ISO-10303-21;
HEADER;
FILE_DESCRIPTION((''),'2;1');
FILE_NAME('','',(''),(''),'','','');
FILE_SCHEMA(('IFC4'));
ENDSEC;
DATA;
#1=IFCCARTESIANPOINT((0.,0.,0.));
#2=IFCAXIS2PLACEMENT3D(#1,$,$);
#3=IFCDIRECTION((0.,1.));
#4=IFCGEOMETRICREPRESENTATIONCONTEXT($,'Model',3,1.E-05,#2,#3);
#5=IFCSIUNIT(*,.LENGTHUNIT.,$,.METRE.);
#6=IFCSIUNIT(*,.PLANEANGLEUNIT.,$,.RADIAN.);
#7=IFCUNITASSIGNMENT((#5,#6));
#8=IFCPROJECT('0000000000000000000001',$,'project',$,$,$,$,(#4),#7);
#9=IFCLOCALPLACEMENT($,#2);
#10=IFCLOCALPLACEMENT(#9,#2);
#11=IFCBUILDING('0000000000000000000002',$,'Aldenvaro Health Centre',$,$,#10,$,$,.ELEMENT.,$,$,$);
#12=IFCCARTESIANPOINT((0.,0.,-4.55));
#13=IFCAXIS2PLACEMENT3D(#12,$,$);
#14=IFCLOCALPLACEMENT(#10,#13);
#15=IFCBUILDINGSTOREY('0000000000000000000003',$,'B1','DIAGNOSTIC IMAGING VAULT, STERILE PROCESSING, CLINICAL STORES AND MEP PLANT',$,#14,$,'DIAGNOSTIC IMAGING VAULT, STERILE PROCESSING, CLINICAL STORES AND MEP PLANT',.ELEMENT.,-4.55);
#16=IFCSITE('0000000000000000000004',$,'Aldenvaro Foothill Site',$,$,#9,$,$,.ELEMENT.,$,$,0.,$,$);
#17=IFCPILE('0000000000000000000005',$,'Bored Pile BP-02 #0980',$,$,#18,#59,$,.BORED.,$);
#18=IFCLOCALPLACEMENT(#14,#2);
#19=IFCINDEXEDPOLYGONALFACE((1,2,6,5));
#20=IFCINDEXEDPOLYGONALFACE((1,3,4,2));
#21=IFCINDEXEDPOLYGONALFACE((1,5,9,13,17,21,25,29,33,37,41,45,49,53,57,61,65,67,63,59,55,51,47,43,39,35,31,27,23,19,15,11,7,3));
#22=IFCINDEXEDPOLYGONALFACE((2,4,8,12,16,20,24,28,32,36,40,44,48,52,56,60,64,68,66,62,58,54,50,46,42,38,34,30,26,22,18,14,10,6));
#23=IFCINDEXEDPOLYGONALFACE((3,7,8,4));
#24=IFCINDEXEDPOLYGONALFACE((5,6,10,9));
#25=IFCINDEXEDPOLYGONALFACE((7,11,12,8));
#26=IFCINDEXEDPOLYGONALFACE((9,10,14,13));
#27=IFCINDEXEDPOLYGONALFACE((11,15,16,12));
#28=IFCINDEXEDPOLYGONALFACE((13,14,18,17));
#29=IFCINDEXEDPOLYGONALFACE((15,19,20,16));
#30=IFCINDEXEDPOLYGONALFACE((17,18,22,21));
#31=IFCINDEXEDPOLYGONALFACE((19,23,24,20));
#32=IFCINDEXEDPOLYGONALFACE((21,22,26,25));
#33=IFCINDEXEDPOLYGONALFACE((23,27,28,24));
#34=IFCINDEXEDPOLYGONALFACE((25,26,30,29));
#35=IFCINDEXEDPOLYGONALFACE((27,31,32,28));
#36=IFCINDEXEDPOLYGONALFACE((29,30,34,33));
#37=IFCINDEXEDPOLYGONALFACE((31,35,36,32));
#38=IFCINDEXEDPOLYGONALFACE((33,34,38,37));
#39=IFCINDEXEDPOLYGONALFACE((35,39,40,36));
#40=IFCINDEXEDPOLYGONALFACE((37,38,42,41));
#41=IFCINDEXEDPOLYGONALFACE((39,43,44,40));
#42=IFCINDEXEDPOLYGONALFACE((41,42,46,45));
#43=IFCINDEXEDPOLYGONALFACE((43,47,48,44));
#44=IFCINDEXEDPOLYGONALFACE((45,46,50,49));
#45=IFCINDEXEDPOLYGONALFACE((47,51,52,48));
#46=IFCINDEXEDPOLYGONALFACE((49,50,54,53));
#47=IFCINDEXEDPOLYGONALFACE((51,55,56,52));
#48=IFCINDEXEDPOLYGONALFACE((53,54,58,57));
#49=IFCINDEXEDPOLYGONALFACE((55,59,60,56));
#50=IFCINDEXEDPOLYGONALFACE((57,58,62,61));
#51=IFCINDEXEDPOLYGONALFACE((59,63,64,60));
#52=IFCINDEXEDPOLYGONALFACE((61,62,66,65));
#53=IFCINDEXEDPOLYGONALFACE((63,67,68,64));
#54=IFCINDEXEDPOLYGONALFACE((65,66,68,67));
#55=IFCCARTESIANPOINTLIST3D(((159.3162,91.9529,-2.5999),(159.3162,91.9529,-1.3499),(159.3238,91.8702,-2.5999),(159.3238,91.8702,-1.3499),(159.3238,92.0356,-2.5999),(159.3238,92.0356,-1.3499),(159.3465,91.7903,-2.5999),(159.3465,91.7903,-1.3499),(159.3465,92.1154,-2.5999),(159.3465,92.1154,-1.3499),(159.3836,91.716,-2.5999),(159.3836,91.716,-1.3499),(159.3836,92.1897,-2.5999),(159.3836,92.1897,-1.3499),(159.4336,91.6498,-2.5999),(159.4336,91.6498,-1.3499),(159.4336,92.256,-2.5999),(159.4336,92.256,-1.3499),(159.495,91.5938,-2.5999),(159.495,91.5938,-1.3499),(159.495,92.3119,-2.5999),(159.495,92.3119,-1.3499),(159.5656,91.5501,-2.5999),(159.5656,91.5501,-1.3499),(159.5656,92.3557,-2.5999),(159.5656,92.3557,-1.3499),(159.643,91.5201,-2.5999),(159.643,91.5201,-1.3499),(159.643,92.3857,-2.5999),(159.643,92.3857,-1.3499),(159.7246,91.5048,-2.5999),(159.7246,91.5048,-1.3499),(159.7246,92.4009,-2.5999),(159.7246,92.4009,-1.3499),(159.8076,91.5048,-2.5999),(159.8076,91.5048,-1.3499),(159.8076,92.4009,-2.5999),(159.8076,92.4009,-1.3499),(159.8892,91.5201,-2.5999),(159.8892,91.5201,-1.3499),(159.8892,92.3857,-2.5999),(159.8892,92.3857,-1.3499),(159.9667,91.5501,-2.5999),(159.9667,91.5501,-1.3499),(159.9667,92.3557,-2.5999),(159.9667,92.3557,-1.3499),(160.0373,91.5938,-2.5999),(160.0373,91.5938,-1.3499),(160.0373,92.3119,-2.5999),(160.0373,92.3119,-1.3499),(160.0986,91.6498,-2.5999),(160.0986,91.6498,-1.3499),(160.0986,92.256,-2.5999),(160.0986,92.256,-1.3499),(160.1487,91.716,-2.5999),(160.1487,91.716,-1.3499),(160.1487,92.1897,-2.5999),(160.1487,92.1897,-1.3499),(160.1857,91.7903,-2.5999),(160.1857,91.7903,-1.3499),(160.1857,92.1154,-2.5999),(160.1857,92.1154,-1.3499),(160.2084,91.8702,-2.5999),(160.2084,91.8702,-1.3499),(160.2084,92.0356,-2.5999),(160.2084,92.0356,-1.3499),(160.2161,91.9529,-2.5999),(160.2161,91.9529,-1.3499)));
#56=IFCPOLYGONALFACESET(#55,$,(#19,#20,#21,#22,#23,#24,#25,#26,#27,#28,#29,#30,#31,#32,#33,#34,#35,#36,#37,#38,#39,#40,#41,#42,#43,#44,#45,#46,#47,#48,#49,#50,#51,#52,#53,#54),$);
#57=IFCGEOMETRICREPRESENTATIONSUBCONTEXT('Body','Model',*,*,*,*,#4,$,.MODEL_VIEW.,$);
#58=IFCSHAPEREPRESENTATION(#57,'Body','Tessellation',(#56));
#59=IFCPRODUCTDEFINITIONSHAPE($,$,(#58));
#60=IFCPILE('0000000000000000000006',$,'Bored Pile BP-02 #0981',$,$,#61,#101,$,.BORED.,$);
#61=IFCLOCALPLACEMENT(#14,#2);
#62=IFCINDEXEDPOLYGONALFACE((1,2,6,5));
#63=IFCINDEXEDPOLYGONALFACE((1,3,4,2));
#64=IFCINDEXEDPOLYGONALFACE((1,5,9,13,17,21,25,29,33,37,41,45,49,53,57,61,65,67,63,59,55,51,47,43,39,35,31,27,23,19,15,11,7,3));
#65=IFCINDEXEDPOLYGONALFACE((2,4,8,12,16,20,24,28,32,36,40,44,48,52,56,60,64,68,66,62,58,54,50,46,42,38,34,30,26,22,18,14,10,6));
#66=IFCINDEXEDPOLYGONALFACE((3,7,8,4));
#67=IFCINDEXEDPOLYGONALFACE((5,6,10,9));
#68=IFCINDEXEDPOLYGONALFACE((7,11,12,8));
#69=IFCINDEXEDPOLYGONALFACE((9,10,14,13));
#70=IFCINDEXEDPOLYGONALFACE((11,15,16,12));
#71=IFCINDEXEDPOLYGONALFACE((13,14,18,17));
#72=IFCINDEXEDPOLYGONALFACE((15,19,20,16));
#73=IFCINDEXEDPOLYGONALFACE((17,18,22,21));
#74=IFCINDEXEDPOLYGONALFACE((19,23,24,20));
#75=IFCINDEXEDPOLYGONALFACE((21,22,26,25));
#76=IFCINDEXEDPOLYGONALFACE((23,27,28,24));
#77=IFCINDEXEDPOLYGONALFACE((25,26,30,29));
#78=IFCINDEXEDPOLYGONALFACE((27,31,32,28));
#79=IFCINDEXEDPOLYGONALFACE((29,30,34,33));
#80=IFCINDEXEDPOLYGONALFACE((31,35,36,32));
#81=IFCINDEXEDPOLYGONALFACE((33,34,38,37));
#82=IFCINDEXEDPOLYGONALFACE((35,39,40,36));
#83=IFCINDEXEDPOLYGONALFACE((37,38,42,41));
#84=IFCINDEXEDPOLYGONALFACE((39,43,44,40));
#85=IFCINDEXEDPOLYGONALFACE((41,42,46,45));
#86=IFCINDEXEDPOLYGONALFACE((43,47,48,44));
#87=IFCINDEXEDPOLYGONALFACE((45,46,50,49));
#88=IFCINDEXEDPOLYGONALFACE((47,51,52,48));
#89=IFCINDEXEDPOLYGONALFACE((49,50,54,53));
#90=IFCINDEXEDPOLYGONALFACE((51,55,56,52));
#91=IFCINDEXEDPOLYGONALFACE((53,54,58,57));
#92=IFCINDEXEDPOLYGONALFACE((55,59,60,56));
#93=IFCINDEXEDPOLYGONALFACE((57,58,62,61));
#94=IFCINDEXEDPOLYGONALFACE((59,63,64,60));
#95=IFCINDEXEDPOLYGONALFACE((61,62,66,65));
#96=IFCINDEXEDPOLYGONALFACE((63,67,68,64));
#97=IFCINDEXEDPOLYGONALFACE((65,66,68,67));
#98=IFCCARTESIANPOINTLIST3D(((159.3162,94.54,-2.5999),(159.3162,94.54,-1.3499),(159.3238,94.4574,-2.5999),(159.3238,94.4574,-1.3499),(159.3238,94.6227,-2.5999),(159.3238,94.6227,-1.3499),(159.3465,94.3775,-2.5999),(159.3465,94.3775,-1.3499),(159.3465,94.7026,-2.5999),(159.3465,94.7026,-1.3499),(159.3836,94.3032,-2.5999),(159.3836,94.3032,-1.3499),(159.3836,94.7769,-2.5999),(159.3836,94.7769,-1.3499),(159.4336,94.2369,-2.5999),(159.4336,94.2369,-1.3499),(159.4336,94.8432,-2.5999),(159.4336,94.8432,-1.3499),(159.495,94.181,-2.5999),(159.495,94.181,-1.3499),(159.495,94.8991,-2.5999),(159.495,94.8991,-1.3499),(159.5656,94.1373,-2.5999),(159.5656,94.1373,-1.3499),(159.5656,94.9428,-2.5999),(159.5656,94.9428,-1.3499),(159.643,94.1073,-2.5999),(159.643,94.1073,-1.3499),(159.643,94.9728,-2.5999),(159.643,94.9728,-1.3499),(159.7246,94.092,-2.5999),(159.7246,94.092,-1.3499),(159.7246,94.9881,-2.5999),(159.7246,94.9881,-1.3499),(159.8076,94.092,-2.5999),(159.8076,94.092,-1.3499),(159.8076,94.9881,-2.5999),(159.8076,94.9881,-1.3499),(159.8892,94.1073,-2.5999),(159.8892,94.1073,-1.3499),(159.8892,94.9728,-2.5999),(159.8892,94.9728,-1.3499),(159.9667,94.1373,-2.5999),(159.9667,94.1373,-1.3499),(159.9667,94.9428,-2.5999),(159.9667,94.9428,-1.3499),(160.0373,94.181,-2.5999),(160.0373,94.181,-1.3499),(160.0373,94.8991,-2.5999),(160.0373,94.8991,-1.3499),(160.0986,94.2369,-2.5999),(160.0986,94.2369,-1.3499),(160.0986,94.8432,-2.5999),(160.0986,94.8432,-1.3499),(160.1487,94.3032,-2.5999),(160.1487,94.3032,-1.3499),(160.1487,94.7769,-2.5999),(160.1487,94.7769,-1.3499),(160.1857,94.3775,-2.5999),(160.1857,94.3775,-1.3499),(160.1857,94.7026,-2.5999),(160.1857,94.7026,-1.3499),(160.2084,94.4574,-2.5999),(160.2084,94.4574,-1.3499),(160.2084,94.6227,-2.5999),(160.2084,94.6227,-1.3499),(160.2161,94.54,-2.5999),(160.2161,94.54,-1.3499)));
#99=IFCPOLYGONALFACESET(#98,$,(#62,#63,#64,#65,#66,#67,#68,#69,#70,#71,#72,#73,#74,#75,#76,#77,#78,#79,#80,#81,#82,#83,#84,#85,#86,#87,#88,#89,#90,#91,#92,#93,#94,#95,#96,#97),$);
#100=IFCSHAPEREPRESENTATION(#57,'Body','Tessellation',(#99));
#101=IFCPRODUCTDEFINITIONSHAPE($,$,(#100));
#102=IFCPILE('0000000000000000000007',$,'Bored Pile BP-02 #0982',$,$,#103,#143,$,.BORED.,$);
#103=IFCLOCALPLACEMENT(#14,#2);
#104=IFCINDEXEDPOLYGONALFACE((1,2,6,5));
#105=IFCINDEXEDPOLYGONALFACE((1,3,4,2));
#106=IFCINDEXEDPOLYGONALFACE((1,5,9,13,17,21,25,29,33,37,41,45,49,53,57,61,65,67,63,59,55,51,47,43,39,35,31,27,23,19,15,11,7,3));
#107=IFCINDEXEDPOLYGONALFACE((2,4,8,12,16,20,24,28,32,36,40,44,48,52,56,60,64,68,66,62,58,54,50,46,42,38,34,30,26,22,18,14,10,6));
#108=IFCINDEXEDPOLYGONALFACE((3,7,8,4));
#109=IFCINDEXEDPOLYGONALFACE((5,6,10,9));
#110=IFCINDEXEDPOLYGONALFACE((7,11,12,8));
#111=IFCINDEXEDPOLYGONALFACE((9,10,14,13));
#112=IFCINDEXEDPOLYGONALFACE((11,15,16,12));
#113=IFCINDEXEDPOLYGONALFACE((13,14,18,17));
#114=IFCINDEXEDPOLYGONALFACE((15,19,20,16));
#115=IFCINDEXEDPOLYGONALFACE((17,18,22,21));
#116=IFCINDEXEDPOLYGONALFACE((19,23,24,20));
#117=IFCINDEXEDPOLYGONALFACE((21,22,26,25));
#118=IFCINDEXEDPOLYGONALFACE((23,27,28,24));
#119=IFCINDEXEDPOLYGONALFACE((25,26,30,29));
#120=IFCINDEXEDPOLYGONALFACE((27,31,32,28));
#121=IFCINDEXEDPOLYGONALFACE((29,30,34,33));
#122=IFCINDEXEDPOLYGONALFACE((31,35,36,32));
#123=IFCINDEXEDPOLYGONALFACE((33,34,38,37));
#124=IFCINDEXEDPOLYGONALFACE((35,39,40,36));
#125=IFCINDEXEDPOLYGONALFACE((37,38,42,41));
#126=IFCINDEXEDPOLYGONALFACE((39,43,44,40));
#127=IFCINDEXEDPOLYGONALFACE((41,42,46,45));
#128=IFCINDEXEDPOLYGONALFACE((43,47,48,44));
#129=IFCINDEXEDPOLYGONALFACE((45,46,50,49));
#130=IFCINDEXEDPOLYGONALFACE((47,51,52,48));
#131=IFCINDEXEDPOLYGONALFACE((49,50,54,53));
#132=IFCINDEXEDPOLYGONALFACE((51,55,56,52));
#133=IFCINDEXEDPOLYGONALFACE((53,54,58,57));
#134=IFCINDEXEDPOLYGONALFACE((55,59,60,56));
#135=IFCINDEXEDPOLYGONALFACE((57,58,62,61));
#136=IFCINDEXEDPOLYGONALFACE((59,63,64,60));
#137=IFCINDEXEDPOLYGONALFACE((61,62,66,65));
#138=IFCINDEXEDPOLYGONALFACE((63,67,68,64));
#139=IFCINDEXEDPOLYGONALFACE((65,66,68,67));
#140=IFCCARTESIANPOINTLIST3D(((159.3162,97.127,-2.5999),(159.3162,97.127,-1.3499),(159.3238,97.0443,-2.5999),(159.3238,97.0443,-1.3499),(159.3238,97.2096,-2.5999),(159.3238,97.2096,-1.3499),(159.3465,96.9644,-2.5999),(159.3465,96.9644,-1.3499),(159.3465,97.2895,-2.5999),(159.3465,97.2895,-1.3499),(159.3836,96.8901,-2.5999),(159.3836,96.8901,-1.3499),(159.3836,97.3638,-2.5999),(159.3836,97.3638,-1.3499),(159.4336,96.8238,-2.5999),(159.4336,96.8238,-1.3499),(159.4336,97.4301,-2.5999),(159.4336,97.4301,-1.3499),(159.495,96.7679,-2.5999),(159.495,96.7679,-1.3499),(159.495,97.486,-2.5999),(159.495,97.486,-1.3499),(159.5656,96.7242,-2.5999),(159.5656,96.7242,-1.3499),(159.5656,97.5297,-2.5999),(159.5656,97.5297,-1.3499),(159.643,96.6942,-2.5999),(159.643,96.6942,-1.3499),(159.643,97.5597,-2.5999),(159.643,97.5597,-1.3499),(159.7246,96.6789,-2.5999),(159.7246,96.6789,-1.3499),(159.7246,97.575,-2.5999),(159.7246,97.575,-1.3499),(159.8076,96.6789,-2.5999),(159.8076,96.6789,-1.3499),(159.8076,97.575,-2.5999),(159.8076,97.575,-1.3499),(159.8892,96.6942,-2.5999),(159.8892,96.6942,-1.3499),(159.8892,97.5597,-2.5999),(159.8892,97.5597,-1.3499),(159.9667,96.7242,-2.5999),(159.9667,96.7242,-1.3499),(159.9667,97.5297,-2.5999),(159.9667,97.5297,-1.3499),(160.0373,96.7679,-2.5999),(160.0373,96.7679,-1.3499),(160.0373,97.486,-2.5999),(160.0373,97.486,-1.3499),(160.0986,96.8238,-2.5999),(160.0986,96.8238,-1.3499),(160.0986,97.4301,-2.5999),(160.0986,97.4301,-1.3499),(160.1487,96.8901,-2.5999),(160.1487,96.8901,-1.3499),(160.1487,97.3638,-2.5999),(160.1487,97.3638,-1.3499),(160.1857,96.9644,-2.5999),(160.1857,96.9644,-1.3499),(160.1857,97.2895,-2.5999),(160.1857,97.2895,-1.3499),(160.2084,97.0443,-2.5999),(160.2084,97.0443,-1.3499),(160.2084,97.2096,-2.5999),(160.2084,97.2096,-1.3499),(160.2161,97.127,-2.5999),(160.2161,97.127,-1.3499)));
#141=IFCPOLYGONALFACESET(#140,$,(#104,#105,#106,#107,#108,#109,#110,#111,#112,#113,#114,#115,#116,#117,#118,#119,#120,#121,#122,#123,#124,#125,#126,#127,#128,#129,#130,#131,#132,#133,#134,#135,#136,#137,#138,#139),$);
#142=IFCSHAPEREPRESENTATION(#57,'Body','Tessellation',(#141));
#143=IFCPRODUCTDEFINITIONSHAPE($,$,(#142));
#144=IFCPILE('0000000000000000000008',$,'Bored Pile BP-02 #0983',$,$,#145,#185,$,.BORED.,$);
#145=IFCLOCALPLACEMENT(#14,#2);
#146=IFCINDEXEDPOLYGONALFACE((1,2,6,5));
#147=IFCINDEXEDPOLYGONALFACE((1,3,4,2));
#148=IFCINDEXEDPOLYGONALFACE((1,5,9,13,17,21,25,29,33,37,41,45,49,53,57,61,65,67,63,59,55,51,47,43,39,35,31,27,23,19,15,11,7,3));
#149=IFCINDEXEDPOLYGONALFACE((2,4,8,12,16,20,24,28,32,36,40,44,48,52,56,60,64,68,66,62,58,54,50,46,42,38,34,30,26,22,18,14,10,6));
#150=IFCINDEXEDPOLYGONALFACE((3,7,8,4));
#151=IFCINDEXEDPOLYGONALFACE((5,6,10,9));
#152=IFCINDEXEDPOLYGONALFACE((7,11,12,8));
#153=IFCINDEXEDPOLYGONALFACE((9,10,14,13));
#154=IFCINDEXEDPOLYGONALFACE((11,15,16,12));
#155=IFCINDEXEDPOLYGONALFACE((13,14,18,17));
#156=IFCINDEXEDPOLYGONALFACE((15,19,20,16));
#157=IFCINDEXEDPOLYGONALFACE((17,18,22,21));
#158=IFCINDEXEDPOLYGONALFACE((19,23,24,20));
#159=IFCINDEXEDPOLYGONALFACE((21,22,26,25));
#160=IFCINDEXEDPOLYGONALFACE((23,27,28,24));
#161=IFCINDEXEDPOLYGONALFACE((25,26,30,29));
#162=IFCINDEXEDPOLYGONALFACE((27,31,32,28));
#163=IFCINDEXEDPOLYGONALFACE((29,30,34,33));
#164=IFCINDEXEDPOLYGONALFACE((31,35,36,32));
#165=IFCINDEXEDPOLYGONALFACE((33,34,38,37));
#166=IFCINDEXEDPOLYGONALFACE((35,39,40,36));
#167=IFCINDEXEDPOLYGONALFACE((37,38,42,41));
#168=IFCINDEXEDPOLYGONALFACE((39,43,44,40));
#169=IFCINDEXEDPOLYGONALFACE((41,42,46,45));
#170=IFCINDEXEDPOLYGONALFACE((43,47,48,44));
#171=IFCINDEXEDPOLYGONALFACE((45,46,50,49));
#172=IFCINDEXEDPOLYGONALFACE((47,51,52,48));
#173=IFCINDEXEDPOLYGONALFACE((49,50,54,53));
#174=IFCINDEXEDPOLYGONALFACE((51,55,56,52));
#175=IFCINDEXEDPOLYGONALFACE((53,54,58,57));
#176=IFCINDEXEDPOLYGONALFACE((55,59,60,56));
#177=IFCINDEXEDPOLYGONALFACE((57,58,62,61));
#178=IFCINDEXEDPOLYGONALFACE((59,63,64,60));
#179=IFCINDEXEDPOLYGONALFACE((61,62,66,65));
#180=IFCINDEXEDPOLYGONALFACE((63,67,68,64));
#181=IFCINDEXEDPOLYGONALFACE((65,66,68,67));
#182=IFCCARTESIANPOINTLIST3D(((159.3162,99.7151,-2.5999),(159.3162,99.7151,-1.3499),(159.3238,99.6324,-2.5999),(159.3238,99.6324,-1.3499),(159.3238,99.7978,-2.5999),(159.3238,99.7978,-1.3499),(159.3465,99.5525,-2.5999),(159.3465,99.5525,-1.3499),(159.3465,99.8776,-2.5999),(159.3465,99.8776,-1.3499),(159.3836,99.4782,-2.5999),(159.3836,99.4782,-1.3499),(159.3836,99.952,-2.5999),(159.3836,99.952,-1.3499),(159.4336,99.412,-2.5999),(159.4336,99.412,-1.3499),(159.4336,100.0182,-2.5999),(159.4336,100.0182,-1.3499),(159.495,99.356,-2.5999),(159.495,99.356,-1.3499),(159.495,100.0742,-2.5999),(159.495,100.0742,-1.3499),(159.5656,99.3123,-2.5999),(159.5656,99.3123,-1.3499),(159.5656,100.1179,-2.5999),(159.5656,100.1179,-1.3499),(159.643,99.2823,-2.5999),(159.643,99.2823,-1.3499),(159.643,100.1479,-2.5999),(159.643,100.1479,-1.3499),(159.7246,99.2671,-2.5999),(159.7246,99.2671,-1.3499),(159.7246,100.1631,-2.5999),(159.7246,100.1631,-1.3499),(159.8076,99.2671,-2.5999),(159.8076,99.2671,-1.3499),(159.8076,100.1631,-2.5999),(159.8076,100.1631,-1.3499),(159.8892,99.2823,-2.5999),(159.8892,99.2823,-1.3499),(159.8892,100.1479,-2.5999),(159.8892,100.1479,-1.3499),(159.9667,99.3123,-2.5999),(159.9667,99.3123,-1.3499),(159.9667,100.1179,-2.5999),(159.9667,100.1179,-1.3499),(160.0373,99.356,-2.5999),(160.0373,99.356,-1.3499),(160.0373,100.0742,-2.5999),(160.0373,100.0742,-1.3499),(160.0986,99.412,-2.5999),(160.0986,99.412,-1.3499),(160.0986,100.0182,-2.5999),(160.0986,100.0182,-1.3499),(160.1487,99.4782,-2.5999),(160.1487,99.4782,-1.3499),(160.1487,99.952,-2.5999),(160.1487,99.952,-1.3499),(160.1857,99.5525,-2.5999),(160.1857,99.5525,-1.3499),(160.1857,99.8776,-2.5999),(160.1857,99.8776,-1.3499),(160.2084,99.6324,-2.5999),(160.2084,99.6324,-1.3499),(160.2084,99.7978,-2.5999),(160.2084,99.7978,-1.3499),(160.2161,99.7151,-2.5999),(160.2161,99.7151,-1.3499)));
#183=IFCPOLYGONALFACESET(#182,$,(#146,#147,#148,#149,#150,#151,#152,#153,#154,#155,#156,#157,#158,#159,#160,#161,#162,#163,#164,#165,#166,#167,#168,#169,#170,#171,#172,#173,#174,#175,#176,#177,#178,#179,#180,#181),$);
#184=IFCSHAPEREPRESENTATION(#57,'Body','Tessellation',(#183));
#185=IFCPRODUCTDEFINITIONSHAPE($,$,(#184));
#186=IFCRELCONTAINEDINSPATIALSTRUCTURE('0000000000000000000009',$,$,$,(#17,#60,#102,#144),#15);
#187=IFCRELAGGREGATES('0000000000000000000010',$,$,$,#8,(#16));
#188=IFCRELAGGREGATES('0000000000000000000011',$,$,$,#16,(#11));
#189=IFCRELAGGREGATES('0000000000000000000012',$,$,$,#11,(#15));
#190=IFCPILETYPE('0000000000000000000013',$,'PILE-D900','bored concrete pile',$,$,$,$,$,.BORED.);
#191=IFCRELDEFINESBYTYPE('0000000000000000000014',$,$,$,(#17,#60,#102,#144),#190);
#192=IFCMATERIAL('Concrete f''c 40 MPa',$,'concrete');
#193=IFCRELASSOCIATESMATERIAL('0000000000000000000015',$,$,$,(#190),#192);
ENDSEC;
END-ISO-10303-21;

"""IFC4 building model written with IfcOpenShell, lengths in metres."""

from ifc_helpers import new_model, si_unit, direction, frame, origin, origin_2d, place, context, subcontext, project, spatial, circle, extrude, material, material_profile, profile_set, type_object, element, save


model = new_model("IFC4")

# Units and contexts
model_context = context("Model", 3, precision=1e-05, world=origin(), true_north=direction((0.0, 1.0)))
body_context = subcontext(model_context, "Body", "Model", "MODEL_VIEW")
ifc_project = project(units=[si_unit("LENGTHUNIT", "METRE"), si_unit("PLANEANGLEUNIT", "RADIAN")], contexts=[model_context])

# Site, building, storey
site_placement = place(None, origin())
site = spatial("IfcSite", under=ifc_project, at=site_placement, Name="Aldenvaro Foothill Site", CompositionType="ELEMENT", RefElevation=0.0)
building_placement = place(site_placement, origin())
building = spatial("IfcBuilding", under=site, at=building_placement, Name="Aldenvaro Health Centre", CompositionType="ELEMENT")
storey_placement = place(building_placement, frame((0.0, 0.0, -4.55)))
storey = spatial("IfcBuildingStorey", under=building, at=storey_placement, Name="B1", Description="DIAGNOSTIC IMAGING VAULT, STERILE PROCESSING, CLINICAL STORES AND MEP PLANT", LongName="DIAGNOSTIC IMAGING VAULT, STERILE PROCESSING, CLINICAL STORES AND MEP PLANT", CompositionType="ELEMENT", Elevation=-4.55)

# Piles
ifc_material_1 = material(Name="Concrete f'c 40 MPa", Category="concrete")
ifc_material_profile_1 = material_profile(ifc_material_1, circle(Radius=0.45, at=origin_2d()), Name="PILE D900", Category="concrete")
ifc_profile_set_1 = profile_set([ifc_material_profile_1], Name="Concrete f'c 40 MPa")
pile_type = type_object("IfcPileType", Name="PILE-D900", Description="bored concrete pile", PredefinedType="BORED", material=ifc_profile_set_1)
for number, where, z_axis, x_axis, name in (
    (1, (159.7661, 91.9529, -1.3499), (0.0, 0.0, -1.0), (1.0, 0.0, 0.0), "Bored Pile BP-02 #0980"),
    (2, (159.7661, 94.54, -1.3499), (0.0, 0.0, -1.0), (1.0, 0.0, 0.0), "Bored Pile BP-02 #0981"),
    (3, (159.7661, 97.127, -1.3499), (0.0, 0.0, -1.0), (1.0, 0.0, 0.0), "Bored Pile BP-02 #0982"),
    (4, (159.7661, 99.7151, -1.3499), (0.0, 0.0, -1.0), (1.0, 0.0, 0.0), "Bored Pile BP-02 #0983"),
):
    element("IfcPile", number, at=place(storey_placement, frame(where, z_axis=z_axis, x_axis=x_axis)), inside=storey, type_object=pile_type, Name=name, PredefinedType="BORED", context=body_context, shape_type="SweptSolid", body=[
        extrude(circle(Radius=0.45, at=origin_2d()), origin(), (0.0, 0.0, 1.0), 1.25),
    ])

save(model, "model.ifc")
